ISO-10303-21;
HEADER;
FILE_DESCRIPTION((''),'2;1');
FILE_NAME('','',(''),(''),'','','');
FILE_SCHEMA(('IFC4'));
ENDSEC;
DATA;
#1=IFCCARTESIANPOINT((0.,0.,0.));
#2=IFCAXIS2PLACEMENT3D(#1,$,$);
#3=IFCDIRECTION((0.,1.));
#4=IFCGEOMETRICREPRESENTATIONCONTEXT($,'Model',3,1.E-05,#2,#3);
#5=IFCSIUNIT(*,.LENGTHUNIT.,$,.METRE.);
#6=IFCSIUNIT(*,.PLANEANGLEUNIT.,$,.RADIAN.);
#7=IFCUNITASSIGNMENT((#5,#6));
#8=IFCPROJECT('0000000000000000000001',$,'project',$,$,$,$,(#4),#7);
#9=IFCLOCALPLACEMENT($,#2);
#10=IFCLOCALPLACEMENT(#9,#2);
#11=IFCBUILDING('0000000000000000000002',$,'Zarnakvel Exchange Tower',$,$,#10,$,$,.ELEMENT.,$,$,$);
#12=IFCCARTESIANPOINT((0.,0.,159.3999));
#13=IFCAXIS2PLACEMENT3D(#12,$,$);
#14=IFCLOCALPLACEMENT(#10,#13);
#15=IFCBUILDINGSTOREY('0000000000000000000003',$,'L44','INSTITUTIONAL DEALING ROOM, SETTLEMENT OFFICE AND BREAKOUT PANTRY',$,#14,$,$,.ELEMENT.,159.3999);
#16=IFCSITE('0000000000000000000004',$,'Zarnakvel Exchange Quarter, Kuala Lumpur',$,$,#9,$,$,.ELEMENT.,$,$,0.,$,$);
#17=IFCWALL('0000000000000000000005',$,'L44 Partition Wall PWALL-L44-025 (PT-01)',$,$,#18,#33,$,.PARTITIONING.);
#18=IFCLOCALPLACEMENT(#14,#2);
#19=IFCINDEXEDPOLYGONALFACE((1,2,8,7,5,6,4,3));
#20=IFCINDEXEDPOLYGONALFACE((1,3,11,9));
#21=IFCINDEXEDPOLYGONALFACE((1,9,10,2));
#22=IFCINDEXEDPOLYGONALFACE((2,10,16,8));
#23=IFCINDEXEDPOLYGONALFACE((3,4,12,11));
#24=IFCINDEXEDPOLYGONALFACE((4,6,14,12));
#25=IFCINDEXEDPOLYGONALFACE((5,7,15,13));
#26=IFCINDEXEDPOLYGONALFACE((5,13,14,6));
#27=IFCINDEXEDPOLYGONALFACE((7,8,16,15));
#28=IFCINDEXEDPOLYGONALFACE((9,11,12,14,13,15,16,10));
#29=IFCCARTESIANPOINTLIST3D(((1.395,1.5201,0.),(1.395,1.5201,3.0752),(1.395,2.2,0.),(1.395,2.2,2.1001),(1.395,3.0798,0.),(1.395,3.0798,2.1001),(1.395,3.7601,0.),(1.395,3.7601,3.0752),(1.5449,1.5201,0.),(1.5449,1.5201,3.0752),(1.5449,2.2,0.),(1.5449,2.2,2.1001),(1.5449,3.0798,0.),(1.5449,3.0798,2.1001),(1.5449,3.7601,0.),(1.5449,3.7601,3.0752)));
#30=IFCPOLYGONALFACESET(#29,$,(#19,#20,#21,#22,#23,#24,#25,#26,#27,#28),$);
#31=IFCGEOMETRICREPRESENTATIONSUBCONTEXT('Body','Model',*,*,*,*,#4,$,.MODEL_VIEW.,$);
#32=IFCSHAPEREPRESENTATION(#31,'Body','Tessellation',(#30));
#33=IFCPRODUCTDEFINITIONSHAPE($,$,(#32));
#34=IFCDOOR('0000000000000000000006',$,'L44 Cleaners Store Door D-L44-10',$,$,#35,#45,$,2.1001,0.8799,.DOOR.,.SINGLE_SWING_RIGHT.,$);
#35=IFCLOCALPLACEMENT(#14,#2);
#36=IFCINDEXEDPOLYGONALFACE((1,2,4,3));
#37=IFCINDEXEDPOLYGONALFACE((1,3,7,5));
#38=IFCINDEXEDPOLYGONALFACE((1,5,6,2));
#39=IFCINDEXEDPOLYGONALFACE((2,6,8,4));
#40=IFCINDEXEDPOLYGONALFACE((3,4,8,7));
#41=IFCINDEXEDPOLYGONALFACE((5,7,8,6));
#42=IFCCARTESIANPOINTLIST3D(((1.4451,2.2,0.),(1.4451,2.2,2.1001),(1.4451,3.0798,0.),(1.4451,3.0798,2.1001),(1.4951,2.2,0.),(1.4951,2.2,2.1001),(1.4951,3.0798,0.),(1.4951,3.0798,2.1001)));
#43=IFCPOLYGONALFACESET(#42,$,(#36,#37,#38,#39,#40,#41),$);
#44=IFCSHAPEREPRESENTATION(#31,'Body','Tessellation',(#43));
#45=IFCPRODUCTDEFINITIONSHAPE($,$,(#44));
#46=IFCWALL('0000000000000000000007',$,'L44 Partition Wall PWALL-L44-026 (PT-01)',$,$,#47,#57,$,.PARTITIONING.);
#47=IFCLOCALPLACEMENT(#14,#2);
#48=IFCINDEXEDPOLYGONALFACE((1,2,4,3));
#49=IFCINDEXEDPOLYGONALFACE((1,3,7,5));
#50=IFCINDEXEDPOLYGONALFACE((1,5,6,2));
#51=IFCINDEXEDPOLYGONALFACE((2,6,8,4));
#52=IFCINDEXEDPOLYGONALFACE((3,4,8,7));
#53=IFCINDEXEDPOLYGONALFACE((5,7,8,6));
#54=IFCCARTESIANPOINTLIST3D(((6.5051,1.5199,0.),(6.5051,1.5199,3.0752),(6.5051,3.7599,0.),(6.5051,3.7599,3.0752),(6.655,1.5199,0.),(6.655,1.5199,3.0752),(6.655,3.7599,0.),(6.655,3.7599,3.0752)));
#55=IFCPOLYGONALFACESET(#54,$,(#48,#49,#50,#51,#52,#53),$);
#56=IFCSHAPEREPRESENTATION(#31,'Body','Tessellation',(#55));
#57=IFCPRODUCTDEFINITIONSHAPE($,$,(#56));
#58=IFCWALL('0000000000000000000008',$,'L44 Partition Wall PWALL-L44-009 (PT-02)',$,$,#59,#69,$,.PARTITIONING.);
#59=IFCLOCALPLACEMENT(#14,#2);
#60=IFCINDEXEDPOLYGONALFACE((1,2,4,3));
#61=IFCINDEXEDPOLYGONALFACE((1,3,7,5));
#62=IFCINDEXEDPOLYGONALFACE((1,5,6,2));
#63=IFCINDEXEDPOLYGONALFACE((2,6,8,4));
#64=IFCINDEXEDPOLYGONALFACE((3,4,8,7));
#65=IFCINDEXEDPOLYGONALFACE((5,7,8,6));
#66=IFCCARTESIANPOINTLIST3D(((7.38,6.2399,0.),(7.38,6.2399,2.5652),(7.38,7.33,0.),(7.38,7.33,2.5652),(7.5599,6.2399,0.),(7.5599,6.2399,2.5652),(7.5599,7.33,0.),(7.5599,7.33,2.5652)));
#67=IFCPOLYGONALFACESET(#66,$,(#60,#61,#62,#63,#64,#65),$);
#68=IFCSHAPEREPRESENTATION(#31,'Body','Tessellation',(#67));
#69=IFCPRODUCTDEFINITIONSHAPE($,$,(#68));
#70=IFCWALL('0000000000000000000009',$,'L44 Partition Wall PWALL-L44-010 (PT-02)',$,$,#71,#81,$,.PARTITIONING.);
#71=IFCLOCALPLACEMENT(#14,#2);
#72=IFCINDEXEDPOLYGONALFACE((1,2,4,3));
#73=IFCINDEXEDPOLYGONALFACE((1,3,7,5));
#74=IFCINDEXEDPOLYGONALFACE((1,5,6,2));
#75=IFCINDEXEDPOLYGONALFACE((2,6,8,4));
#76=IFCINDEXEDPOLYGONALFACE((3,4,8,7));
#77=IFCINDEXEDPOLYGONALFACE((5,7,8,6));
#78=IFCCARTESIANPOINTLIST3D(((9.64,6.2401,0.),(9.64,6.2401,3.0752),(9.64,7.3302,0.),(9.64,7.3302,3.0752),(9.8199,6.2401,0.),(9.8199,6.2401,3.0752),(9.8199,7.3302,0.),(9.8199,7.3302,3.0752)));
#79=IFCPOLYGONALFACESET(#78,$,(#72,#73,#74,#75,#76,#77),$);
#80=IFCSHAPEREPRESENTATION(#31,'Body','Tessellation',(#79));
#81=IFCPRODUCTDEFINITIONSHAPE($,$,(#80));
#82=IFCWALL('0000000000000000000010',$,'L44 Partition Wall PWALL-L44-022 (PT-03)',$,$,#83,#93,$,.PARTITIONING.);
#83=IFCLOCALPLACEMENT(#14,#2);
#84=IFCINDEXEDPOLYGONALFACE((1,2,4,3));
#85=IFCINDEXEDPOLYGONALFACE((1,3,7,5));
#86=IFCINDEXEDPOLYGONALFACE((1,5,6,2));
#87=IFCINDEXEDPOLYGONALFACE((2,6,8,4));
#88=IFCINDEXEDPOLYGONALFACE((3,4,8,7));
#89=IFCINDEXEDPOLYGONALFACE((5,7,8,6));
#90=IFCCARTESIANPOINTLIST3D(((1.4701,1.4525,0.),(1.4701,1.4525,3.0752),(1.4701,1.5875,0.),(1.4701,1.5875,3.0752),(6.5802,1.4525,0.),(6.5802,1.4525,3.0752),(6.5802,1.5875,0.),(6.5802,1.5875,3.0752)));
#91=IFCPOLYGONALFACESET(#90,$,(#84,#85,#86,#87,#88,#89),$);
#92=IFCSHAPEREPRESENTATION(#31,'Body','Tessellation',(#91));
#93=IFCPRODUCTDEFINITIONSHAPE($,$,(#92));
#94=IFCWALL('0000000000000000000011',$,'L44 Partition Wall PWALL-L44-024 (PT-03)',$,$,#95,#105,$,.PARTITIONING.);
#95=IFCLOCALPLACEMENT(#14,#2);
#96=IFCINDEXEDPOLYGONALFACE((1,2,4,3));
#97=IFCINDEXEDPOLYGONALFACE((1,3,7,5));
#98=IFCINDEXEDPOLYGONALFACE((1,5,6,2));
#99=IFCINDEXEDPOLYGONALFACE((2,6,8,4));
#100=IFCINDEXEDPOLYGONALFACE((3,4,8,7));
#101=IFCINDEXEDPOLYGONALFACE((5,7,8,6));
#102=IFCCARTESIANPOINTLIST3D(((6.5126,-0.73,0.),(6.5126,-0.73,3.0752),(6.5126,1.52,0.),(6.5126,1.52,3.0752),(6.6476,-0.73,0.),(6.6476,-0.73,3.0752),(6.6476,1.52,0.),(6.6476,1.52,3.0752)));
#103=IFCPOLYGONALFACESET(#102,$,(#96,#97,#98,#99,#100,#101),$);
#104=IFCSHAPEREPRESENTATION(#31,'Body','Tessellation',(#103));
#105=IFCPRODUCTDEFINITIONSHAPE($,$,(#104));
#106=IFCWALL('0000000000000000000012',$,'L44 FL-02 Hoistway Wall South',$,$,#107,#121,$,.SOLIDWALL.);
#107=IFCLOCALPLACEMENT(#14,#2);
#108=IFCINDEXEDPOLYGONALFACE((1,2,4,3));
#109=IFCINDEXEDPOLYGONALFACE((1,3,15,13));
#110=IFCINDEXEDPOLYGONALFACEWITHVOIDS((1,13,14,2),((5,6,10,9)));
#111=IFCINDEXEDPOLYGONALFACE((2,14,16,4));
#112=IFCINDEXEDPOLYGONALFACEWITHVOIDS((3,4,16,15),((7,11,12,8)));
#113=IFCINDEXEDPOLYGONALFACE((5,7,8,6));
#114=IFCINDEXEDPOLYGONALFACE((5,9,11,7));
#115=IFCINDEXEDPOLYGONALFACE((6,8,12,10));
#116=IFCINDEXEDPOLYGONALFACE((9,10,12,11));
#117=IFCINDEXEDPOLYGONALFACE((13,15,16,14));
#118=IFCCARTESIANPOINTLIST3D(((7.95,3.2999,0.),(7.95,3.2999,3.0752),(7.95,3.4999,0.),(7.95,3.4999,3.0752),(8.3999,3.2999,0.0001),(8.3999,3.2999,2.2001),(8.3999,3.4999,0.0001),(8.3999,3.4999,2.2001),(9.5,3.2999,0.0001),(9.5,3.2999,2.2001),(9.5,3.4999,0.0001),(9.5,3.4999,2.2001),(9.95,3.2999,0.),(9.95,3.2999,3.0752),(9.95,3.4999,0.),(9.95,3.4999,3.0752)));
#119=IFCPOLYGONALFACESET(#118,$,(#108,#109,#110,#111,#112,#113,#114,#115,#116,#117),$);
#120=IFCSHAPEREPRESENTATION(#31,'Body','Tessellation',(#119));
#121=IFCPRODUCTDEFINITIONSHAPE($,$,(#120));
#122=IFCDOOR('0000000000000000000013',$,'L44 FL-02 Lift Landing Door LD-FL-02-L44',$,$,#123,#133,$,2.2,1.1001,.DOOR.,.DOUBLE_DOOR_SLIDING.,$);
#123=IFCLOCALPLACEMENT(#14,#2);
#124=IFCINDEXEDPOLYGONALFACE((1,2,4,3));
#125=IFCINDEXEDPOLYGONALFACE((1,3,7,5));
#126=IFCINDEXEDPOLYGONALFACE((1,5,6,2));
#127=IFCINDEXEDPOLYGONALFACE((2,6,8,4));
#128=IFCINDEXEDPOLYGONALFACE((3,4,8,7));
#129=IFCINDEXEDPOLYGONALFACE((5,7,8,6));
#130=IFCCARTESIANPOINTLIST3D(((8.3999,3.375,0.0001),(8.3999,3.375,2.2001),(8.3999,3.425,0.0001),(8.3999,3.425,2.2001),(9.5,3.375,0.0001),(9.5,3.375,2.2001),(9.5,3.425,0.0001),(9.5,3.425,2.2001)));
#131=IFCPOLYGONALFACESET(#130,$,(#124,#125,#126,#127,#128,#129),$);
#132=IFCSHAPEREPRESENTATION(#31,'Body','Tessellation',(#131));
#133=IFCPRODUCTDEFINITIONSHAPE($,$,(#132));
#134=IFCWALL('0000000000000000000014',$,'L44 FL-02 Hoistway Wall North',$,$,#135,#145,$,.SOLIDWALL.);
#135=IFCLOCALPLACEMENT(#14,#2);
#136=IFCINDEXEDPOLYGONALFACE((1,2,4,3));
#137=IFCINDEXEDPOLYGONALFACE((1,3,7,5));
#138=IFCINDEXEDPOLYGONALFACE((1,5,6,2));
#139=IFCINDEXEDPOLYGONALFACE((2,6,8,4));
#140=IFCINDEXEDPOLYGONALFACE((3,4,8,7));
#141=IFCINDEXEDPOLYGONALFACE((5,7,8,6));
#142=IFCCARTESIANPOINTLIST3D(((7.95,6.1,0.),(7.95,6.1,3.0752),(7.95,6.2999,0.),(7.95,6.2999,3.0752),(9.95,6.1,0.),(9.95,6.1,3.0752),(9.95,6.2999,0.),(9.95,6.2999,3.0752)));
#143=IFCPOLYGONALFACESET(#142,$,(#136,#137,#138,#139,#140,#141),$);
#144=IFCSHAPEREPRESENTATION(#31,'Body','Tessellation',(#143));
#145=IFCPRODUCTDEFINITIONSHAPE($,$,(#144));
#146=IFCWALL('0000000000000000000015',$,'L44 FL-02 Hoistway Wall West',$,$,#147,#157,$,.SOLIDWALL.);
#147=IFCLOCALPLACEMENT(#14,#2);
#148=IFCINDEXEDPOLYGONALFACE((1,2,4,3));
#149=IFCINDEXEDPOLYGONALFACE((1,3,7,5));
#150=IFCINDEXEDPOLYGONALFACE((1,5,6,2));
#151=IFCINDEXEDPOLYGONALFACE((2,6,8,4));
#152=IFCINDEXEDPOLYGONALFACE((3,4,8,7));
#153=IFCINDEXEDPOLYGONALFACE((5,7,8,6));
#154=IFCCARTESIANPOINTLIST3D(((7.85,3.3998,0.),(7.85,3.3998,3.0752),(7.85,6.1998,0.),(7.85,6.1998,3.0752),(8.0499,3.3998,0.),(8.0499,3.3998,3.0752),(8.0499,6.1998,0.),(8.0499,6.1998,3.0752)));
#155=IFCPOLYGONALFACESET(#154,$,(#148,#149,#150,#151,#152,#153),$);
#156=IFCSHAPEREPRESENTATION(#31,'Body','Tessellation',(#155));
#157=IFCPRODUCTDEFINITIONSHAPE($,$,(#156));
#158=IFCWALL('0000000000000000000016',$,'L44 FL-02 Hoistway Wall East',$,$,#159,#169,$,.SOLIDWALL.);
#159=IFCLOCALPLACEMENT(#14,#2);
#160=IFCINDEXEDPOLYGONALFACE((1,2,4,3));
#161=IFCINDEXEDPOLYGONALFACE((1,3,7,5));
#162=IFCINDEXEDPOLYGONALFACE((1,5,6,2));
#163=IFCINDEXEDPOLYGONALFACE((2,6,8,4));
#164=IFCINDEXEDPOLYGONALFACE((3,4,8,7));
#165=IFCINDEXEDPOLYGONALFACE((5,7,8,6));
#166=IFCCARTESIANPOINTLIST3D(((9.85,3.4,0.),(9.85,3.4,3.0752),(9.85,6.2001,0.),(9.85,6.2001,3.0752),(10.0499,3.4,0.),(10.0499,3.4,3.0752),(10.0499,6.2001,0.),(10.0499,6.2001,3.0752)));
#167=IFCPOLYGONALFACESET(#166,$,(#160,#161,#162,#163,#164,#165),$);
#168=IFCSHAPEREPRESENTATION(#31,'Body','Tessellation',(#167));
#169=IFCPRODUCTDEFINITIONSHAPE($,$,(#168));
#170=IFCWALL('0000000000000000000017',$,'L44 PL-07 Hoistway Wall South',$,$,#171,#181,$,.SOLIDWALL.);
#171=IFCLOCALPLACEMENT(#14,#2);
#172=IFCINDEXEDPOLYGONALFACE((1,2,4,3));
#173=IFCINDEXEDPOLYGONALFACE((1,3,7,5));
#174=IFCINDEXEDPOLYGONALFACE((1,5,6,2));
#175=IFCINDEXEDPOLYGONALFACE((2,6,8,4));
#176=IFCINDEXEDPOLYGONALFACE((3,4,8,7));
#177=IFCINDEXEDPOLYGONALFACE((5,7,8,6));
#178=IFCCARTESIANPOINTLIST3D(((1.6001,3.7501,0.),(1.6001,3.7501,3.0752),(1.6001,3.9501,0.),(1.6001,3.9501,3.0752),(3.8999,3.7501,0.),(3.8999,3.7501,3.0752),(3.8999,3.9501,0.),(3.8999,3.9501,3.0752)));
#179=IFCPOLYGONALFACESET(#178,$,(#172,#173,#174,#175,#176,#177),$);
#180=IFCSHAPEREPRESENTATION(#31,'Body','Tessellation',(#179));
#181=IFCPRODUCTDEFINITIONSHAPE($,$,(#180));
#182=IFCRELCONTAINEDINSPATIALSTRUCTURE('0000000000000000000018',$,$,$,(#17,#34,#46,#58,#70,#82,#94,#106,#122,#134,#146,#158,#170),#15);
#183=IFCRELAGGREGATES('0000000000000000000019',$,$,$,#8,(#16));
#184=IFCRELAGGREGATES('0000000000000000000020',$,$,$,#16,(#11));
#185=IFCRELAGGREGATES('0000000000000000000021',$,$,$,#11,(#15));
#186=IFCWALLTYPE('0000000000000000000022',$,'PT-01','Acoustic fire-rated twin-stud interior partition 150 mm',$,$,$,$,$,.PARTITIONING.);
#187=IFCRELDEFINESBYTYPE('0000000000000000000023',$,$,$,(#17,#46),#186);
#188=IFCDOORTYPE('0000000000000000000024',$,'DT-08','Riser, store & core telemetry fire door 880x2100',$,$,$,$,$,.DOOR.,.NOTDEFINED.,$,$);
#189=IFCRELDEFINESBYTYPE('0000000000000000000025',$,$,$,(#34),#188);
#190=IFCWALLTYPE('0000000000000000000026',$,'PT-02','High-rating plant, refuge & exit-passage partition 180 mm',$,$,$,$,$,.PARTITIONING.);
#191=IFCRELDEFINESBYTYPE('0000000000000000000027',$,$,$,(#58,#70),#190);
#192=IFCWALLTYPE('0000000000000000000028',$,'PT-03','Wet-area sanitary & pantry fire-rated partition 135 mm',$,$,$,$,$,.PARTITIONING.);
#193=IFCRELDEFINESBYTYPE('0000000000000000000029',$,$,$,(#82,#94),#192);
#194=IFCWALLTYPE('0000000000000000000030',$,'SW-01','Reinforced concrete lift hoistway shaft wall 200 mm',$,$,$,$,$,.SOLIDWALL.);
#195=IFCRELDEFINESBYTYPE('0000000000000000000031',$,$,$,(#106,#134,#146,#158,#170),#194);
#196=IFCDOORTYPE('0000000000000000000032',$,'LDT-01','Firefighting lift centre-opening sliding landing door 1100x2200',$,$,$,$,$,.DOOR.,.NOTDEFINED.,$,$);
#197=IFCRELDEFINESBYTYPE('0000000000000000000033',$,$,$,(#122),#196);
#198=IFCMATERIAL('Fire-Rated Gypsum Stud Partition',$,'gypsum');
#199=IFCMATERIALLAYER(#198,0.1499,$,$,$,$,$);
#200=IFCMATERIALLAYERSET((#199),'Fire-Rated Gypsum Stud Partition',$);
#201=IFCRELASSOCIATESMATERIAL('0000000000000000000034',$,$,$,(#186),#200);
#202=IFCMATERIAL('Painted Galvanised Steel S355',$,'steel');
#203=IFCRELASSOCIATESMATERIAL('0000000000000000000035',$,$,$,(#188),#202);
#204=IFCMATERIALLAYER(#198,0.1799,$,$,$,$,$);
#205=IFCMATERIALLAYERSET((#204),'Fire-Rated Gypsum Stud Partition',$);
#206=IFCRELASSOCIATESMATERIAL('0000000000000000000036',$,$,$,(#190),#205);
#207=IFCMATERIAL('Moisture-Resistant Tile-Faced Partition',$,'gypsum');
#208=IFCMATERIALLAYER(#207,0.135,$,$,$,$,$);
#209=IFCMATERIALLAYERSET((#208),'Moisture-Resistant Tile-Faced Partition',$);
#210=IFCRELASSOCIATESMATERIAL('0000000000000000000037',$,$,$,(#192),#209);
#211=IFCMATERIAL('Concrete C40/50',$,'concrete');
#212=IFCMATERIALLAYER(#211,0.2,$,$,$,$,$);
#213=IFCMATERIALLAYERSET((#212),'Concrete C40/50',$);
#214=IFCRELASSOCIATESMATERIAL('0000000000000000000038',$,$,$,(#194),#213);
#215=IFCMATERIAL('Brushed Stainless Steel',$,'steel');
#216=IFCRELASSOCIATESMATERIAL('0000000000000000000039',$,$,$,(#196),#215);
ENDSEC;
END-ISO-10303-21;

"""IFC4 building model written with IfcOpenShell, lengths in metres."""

from ifc_helpers import new_model, si_unit, direction, frame, frame_2d, origin, place, context, subcontext, project, spatial, rectangle, extrude, source, transform, mapped, material, layer, layer_set, type_object, element, fill, save


model = new_model("IFC4")

# Units and contexts
model_context = context("Model", 3, precision=1e-05, world=origin(), true_north=direction((0.0, 1.0)))
body_context = subcontext(model_context, "Body", "Model", "MODEL_VIEW")
ifc_project = project(units=[si_unit("LENGTHUNIT", "METRE"), si_unit("PLANEANGLEUNIT", "RADIAN")], contexts=[model_context])

# Site, building, storey
site_placement = place(None, origin())
site = spatial("IfcSite", under=ifc_project, at=site_placement, Name="Zarnakvel Exchange Quarter, Kuala Lumpur", CompositionType="ELEMENT", RefElevation=0.0)
building_placement = place(site_placement, origin())
building = spatial("IfcBuilding", under=site, at=building_placement, Name="Zarnakvel Exchange Tower", CompositionType="ELEMENT")
storey_placement = place(building_placement, frame((0.0, 0.0, 159.3999)))
storey = spatial("IfcBuildingStorey", under=building, at=storey_placement, Name="L44", Description="INSTITUTIONAL DEALING ROOM, SETTLEMENT OFFICE AND BREAKOUT PANTRY", CompositionType="ELEMENT", Elevation=159.3999)

# Wall, opening, door
ifc_material_1 = material(Name="Fire-Rated Gypsum Stud Partition", Category="gypsum")
ifc_layer_1 = layer(ifc_material_1, 0.1499)
ifc_layer_set_1 = layer_set([ifc_layer_1], Name="Fire-Rated Gypsum Stud Partition")
wall_type_1 = type_object("IfcWallType", Name="PT-01", Description="Acoustic fire-rated twin-stud interior partition 150 mm", PredefinedType="PARTITIONING", material=ifc_layer_set_1)
wall_1_placement = place(storey_placement, frame((1.47, 1.52, 0.0), z_axis=(0.0, 0.0, 1.0), x_axis=(0.0, 1.0, 0.0)))
wall_1 = element("IfcWall", 1, at=wall_1_placement, inside=storey, type_object=wall_type_1, Name="L44 Partition Wall PWALL-L44-025 (PT-01)", PredefinedType="PARTITIONING", context=body_context, shape_type="SweptSolid", body=[
    extrude(rectangle(XDim=2.24, YDim=0.1499, at=frame_2d((1.1201, 0.0))), origin(), (0.0, 0.0, 1.0), 3.0752),
])
opening_1_placement = place(wall_1_placement, frame((0.6799, 0.0, 0.0)))
opening_1 = element("IfcOpeningElement", 2, at=opening_1_placement, cuts=wall_1, PredefinedType="OPENING", context=body_context, shape_type="SweptSolid", body=[
    extrude(rectangle(XDim=0.8799, YDim=2.1001, at=frame_2d((0.4399, 1.05))), frame((0.0, 0.085, 0.0), z_axis=(0.0, -1.0, 0.0), x_axis=(1.0, 0.0, 0.0)), (0.0, 0.0, 1.0), 0.1699),
])
ifc_material_2 = material(Name="Painted Galvanised Steel S355", Category="steel")
door_type_1 = type_object("IfcDoorType", Name="DT-08", Description="Riser, store & core telemetry fire door 880x2100", OperationType="NOTDEFINED", PredefinedType="DOOR", material=ifc_material_2)
shared_shape_1 = source(origin(), body_context, "Body", "SweptSolid", [
    extrude(rectangle(XDim=0.8799, YDim=2.1001, at=frame_2d((0.4399, 1.05))), frame((0.0, 0.0249, 0.0), z_axis=(0.0, -1.0, 0.0), x_axis=(1.0, 0.0, 0.0)), (0.0, 0.0, 1.0), 0.05),
])
door_1_placement = place(opening_1_placement, origin())
door_1 = element("IfcDoor", 3, at=door_1_placement, inside=storey, type_object=door_type_1, Name="L44 Cleaners Store Door D-L44-10", OperationType="SINGLE_SWING_RIGHT", OverallHeight=2.1001, OverallWidth=0.8799, PredefinedType="DOOR", context=body_context, shape_type="MappedRepresentation", body=[
    mapped(shared_shape_1, transform((0.0, 0.0, 0.0), x_axis=(1.0, 0.0, 0.0), y_axis=(0.0, 1.0, 0.0), z_axis=(0.0, 0.0, 1.0), scale=1.0)),
])
fill(opening_1, door_1)

# Walls
wall_2_placement = place(storey_placement, frame((6.5801, 3.76, 0.0), z_axis=(0.0, 0.0, 1.0), x_axis=(0.0, -1.0, 0.0)))
element("IfcWall", 4, at=wall_2_placement, inside=storey, type_object=wall_type_1, Name="L44 Partition Wall PWALL-L44-026 (PT-01)", PredefinedType="PARTITIONING", context=body_context, shape_type="SweptSolid", body=[
    extrude(rectangle(XDim=2.24, YDim=0.1499, at=frame_2d((1.1201, 0.0))), origin(), (0.0, 0.0, 1.0), 3.0752),
])
ifc_layer_2 = layer(ifc_material_1, 0.1799)
ifc_layer_set_2 = layer_set([ifc_layer_2], Name="Fire-Rated Gypsum Stud Partition")
wall_type_2 = type_object("IfcWallType", Name="PT-02", Description="High-rating plant, refuge & exit-passage partition 180 mm", PredefinedType="PARTITIONING", material=ifc_layer_set_2)
wall_3_placement = place(storey_placement, frame((7.47, 6.24, 0.0), z_axis=(0.0, 0.0, 1.0), x_axis=(0.0, 1.0, 0.0)))
element("IfcWall", 5, at=wall_3_placement, inside=storey, type_object=wall_type_2, Name="L44 Partition Wall PWALL-L44-009 (PT-02)", PredefinedType="PARTITIONING", context=body_context, shape_type="SweptSolid", body=[
    extrude(rectangle(XDim=1.0901, YDim=0.1799, at=frame_2d((0.5449, 0.0))), origin(), (0.0, 0.0, 1.0), 2.5652),
])
wall_4_placement = place(storey_placement, frame((9.73, 7.3301, 0.0), z_axis=(0.0, 0.0, 1.0), x_axis=(0.0, -1.0, 0.0)))
element("IfcWall", 6, at=wall_4_placement, inside=storey, type_object=wall_type_2, Name="L44 Partition Wall PWALL-L44-010 (PT-02)", PredefinedType="PARTITIONING", context=body_context, shape_type="SweptSolid", body=[
    extrude(rectangle(XDim=1.0901, YDim=0.1799, at=frame_2d((0.5449, 0.0))), origin(), (0.0, 0.0, 1.0), 3.0752),
])
ifc_material_3 = material(Name="Moisture-Resistant Tile-Faced Partition", Category="gypsum")
ifc_layer_3 = layer(ifc_material_3, 0.135)
ifc_layer_set_3 = layer_set([ifc_layer_3], Name="Moisture-Resistant Tile-Faced Partition")
wall_type_3 = type_object("IfcWallType", Name="PT-03", Description="Wet-area sanitary & pantry fire-rated partition 135 mm", PredefinedType="PARTITIONING", material=ifc_layer_set_3)
wall_5_placement = place(storey_placement, frame((1.47, 1.52, 0.0), z_axis=(0.0, 0.0, 1.0), x_axis=(1.0, 0.0, 0.0)))
element("IfcWall", 7, at=wall_5_placement, inside=storey, type_object=wall_type_3, Name="L44 Partition Wall PWALL-L44-022 (PT-03)", PredefinedType="PARTITIONING", context=body_context, shape_type="SweptSolid", body=[
    extrude(rectangle(XDim=5.1101, YDim=0.135, at=frame_2d((2.5552, 0.0))), origin(), (0.0, 0.0, 1.0), 3.0752),
])
wall_6_placement = place(storey_placement, frame((6.5801, 1.52, 0.0), z_axis=(0.0, 0.0, 1.0), x_axis=(0.0, -1.0, 0.0)))
element("IfcWall", 8, at=wall_6_placement, inside=storey, type_object=wall_type_3, Name="L44 Partition Wall PWALL-L44-024 (PT-03)", PredefinedType="PARTITIONING", context=body_context, shape_type="SweptSolid", body=[
    extrude(rectangle(XDim=2.25, YDim=0.135, at=frame_2d((1.125, 0.0))), origin(), (0.0, 0.0, 1.0), 3.0752),
])

# Wall, opening, door
ifc_material_4 = material(Name="Concrete C40/50", Category="concrete")
ifc_layer_4 = layer(ifc_material_4, 0.2)
ifc_layer_set_4 = layer_set([ifc_layer_4], Name="Concrete C40/50")
wall_type_4 = type_object("IfcWallType", Name="SW-01", Description="Reinforced concrete lift hoistway shaft wall 200 mm", PredefinedType="SOLIDWALL", material=ifc_layer_set_4)
wall_7_placement = place(storey_placement, frame((9.95, 3.3999, 0.0), z_axis=(0.0, 0.0, 1.0), x_axis=(-1.0, 0.0, 0.0)))
wall_7 = element("IfcWall", 9, at=wall_7_placement, inside=storey, type_object=wall_type_4, Name="L44 FL-02 Hoistway Wall South", PredefinedType="SOLIDWALL", context=body_context, shape_type="SweptSolid", body=[
    extrude(rectangle(XDim=2.0, YDim=0.2, at=frame_2d((1.0, 0.0))), origin(), (0.0, 0.0, 1.0), 3.0752),
])
opening_2_placement = place(wall_7_placement, frame((0.45, 0.0, 0.0)))
opening_2 = element("IfcOpeningElement", 10, at=opening_2_placement, cuts=wall_7, PredefinedType="OPENING", context=body_context, shape_type="SweptSolid", body=[
    extrude(rectangle(XDim=1.1001, YDim=2.2, at=frame_2d((0.55, 1.1001))), frame((0.0, 0.1099, 0.0), z_axis=(0.0, -1.0, 0.0), x_axis=(1.0, 0.0, 0.0)), (0.0, 0.0, 1.0), 0.22),
])
ifc_material_5 = material(Name="Brushed Stainless Steel", Category="steel")
door_type_2 = type_object("IfcDoorType", Name="LDT-01", Description="Firefighting lift centre-opening sliding landing door 1100x2200", OperationType="NOTDEFINED", PredefinedType="DOOR", material=ifc_material_5)
shared_shape_2 = source(origin(), body_context, "Body", "SweptSolid", [
    extrude(rectangle(XDim=1.1001, YDim=2.2, at=frame_2d((0.55, 1.1001))), frame((0.0, 0.0249, 0.0), z_axis=(0.0, -1.0, 0.0), x_axis=(1.0, 0.0, 0.0)), (0.0, 0.0, 1.0), 0.05),
])
door_2_placement = place(opening_2_placement, origin())
door_2 = element("IfcDoor", 11, at=door_2_placement, inside=storey, type_object=door_type_2, Name="L44 FL-02 Lift Landing Door LD-FL-02-L44", OperationType="DOUBLE_DOOR_SLIDING", OverallHeight=2.2, OverallWidth=1.1001, PredefinedType="DOOR", context=body_context, shape_type="MappedRepresentation", body=[
    mapped(shared_shape_2, transform((0.0, 0.0, 0.0), x_axis=(1.0, 0.0, 0.0), y_axis=(0.0, 1.0, 0.0), z_axis=(0.0, 0.0, 1.0), scale=1.0)),
])
fill(opening_2, door_2)

# Walls
wall_8_placement = place(storey_placement, frame((7.95, 6.2, 0.0), z_axis=(0.0, 0.0, 1.0), x_axis=(1.0, 0.0, 0.0)))
element("IfcWall", 12, at=wall_8_placement, inside=storey, type_object=wall_type_4, Name="L44 FL-02 Hoistway Wall North", PredefinedType="SOLIDWALL", context=body_context, shape_type="SweptSolid", body=[
    extrude(rectangle(XDim=2.0, YDim=0.2, at=frame_2d((1.0, 0.0))), origin(), (0.0, 0.0, 1.0), 3.0752),
])
for number, where, z_axis, x_axis, name in (
    (13, (7.95, 3.3999, 0.0), (0.0, 0.0, 1.0), (0.0, 1.0, 0.0), "L44 FL-02 Hoistway Wall West"),
    (14, (9.95, 6.2, 0.0), (0.0, 0.0, 1.0), (0.0, -1.0, 0.0), "L44 FL-02 Hoistway Wall East"),
):
    element("IfcWall", number, at=place(storey_placement, frame(where, z_axis=z_axis, x_axis=x_axis)), inside=storey, type_object=wall_type_4, Name=name, PredefinedType="SOLIDWALL", context=body_context, shape_type="SweptSolid", body=[
        extrude(rectangle(XDim=2.8, YDim=0.2, at=frame_2d((1.3999, 0.0))), origin(), (0.0, 0.0, 1.0), 3.0752),
    ])
wall_9_placement = place(storey_placement, frame((3.8999, 3.8501, 0.0), z_axis=(0.0, 0.0, 1.0), x_axis=(-1.0, 0.0, 0.0)))
element("IfcWall", 15, at=wall_9_placement, inside=storey, type_object=wall_type_4, Name="L44 PL-07 Hoistway Wall South", PredefinedType="SOLIDWALL", context=body_context, shape_type="SweptSolid", body=[
    extrude(rectangle(XDim=2.2998, YDim=0.2, at=frame_2d((1.1499, 0.0))), origin(), (0.0, 0.0, 1.0), 3.0752),
])

save(model, "model.ifc")
